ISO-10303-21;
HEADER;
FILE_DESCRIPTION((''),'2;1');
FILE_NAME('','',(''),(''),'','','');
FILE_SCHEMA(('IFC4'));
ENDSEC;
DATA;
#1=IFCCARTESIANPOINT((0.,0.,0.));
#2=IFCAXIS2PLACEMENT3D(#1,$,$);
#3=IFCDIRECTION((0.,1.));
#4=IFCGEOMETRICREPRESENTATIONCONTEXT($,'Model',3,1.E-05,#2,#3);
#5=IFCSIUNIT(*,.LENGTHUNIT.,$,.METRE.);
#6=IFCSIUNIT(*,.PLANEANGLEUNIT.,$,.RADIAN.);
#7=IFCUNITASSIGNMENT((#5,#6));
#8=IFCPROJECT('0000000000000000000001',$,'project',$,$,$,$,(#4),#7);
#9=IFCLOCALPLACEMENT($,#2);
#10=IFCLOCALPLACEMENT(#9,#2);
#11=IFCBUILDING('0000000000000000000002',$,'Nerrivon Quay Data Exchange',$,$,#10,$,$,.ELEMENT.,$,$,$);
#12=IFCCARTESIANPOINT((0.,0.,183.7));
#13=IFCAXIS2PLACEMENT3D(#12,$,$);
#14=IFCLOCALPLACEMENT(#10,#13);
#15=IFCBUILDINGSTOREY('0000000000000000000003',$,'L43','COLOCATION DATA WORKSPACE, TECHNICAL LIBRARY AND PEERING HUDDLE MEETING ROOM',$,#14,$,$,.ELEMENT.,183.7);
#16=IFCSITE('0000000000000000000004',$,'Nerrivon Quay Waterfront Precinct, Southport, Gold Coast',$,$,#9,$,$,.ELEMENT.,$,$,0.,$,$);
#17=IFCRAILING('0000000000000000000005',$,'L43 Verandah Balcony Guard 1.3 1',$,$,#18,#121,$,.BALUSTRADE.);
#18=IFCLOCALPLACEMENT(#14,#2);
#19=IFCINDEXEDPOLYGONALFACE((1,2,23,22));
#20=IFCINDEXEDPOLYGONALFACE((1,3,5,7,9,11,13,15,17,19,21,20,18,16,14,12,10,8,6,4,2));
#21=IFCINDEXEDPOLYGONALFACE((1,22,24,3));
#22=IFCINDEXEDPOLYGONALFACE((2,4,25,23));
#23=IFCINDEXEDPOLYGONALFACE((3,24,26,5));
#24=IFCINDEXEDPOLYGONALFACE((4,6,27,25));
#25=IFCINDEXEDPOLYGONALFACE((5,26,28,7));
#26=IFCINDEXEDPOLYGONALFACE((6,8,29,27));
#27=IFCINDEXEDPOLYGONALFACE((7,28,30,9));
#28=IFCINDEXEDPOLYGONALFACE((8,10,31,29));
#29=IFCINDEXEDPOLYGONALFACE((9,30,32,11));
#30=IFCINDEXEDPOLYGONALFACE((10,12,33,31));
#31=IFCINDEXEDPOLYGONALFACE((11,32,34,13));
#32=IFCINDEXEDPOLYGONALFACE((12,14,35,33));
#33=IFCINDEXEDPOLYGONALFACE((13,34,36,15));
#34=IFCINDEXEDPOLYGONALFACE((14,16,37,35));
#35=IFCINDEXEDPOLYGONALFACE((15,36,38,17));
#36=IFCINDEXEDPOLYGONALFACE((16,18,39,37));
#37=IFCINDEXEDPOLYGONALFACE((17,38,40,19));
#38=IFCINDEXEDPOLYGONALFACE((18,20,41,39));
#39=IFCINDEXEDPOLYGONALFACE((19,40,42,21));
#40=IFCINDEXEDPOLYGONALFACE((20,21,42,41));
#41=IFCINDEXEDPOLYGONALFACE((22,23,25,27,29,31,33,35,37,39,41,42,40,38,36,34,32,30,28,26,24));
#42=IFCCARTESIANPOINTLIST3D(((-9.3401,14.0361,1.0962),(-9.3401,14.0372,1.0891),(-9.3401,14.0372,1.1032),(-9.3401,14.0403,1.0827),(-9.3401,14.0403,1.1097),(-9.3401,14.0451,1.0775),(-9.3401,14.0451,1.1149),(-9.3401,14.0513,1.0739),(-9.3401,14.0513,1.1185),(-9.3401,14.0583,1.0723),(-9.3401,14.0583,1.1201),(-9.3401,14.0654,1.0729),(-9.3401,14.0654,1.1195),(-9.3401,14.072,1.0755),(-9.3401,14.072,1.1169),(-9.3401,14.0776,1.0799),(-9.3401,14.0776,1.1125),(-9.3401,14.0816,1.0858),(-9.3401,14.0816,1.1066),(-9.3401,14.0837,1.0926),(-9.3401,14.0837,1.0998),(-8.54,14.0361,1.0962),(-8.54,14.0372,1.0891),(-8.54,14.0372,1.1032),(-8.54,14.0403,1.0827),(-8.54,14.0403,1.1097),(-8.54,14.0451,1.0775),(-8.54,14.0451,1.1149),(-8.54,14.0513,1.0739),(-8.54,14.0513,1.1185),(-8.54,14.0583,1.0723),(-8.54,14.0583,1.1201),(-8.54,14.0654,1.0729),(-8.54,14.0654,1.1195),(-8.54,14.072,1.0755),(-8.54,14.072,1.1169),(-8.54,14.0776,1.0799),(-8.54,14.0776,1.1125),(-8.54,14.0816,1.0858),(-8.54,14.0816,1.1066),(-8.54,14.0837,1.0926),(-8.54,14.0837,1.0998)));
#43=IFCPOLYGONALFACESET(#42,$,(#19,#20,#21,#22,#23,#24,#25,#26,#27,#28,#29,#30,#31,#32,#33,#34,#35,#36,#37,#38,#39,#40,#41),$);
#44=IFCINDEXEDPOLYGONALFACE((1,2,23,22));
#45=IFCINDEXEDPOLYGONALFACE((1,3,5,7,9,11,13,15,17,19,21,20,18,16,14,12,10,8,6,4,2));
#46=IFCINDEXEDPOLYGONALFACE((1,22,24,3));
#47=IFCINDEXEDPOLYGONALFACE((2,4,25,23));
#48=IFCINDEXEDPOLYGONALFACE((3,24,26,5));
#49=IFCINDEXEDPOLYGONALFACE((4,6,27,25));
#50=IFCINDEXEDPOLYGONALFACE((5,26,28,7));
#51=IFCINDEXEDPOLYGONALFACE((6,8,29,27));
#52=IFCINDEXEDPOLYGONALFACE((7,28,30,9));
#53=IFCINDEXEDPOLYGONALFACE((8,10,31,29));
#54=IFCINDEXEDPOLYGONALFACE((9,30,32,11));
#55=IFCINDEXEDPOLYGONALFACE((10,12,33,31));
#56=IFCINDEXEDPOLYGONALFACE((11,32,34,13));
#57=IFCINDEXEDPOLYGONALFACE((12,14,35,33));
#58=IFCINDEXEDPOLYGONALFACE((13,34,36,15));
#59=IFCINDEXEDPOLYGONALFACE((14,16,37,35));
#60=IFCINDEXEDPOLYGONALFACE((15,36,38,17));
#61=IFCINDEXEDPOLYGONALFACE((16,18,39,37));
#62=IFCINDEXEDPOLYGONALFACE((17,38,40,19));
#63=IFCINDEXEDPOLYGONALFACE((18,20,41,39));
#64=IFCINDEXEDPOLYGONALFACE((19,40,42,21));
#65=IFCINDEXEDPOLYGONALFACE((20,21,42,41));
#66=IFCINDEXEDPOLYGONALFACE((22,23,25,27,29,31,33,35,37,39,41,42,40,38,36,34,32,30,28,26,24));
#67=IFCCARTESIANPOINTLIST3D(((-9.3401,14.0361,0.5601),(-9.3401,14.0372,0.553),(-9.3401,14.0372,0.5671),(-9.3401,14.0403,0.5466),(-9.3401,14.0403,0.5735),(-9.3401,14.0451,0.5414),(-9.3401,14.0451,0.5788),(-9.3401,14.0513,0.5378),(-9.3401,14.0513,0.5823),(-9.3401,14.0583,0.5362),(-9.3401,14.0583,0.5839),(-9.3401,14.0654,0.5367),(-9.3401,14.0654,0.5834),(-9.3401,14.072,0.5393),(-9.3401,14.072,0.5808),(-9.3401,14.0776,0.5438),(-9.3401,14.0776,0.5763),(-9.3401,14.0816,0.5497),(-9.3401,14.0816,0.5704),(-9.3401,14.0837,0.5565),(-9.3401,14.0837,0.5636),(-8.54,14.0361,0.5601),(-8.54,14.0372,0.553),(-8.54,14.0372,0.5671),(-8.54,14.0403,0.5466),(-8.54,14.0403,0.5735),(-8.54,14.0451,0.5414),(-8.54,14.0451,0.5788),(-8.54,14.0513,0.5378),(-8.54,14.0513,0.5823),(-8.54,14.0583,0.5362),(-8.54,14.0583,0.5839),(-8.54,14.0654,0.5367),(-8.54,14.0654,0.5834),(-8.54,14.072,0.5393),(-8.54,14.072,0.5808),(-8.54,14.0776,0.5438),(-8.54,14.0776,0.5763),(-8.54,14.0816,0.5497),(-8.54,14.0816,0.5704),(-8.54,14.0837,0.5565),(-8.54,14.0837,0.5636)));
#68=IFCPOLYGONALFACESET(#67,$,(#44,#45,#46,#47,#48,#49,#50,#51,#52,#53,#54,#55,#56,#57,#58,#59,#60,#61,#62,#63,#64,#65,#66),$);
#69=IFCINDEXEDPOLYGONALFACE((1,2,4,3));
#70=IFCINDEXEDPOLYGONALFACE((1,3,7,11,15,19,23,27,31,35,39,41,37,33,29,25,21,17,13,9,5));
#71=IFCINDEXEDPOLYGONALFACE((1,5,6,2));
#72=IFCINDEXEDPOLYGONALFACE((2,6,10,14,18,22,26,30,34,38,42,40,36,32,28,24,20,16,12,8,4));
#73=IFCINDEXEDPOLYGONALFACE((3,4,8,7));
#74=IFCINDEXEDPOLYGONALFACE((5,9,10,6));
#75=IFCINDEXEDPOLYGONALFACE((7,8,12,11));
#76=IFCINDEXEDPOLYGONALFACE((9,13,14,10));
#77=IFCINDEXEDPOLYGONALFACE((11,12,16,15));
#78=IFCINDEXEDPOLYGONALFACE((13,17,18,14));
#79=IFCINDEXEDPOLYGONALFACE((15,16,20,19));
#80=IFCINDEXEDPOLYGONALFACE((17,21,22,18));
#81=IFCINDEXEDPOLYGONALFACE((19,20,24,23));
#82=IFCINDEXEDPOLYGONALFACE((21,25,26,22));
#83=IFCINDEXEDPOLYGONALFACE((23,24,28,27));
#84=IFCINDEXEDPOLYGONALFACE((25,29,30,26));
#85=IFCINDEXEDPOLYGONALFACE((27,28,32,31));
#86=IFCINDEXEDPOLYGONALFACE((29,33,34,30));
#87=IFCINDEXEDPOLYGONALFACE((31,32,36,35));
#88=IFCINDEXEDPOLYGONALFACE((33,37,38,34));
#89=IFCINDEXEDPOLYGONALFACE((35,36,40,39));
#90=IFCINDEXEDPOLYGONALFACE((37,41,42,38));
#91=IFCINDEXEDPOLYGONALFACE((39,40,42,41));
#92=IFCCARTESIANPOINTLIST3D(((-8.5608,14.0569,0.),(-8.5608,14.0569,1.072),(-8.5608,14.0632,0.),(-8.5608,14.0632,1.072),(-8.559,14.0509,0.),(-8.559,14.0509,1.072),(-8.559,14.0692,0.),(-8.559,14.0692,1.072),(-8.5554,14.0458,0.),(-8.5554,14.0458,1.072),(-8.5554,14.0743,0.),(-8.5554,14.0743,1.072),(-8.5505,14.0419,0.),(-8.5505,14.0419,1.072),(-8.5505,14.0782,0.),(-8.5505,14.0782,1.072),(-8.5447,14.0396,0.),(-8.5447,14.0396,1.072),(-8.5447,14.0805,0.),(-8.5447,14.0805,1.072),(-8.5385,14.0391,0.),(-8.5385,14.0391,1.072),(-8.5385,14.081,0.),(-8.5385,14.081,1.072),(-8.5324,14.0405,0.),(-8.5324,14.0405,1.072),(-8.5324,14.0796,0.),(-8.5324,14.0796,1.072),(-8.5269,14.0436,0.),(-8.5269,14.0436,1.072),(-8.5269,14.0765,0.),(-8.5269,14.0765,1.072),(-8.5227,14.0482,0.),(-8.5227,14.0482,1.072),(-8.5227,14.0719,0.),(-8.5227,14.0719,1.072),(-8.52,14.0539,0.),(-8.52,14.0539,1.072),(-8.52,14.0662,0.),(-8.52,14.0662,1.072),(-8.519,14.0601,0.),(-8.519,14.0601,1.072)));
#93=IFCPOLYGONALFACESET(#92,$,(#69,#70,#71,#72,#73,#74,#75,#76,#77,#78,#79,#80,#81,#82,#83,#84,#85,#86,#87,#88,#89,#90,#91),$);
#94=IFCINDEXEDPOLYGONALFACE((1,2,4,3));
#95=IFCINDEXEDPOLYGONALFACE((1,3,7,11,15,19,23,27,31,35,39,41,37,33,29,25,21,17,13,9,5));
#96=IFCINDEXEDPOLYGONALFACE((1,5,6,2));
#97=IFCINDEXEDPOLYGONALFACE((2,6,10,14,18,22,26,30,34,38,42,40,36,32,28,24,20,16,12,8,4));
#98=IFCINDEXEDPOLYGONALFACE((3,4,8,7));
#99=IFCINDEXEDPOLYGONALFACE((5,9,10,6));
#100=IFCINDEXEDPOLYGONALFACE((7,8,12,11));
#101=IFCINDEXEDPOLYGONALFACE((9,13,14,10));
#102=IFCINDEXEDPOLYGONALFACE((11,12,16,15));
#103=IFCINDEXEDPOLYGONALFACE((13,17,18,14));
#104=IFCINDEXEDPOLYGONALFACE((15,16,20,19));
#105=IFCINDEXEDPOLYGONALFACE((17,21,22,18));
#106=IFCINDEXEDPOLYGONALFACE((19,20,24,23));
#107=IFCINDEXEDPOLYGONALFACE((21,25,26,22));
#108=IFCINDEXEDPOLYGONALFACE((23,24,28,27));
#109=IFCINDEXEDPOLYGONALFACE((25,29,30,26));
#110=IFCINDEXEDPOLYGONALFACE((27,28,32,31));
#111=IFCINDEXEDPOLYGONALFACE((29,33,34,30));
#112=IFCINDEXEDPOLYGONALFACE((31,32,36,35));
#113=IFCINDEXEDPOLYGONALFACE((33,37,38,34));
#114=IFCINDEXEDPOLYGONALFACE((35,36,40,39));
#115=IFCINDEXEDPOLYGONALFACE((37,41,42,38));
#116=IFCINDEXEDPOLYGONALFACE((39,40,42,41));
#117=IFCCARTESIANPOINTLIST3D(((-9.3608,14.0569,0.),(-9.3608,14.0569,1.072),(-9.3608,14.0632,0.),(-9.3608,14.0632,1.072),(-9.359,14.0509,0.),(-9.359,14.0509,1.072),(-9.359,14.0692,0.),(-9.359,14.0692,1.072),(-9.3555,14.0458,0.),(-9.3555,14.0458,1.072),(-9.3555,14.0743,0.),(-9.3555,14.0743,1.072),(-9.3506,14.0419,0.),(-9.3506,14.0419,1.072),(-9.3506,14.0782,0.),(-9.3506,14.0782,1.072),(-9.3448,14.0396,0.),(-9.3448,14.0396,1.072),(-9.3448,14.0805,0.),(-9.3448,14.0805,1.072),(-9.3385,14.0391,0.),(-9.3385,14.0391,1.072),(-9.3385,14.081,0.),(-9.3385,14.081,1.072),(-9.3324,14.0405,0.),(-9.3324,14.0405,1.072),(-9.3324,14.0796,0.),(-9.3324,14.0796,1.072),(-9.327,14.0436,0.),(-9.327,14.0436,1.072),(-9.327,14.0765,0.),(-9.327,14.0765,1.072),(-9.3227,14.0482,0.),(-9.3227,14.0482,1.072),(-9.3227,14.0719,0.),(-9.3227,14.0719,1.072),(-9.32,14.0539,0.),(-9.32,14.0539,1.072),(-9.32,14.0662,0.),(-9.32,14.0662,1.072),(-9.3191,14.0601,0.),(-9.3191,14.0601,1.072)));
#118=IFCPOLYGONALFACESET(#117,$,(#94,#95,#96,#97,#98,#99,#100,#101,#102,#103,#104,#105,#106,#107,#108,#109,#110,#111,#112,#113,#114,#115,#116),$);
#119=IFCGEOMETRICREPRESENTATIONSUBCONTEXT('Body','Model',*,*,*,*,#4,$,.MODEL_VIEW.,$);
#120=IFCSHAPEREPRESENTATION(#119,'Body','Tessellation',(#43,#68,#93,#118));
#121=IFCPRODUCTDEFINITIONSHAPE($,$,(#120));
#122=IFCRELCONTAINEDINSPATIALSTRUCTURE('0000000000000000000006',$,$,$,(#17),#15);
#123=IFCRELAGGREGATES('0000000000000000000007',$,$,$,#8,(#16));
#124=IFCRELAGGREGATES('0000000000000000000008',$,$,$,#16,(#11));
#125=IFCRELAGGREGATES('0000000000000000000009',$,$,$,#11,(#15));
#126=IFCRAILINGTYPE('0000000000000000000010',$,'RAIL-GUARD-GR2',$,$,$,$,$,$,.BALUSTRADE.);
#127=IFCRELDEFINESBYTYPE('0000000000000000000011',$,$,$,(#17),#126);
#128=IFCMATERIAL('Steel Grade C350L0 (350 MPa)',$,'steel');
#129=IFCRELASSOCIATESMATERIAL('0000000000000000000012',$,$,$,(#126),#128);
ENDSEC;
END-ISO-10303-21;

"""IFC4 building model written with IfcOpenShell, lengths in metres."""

from ifc_helpers import new_model, si_unit, direction, frame, origin, origin_2d, place, context, subcontext, project, spatial, circle, extrude, material, type_object, element, save


model = new_model("IFC4")

# Units and contexts
model_context = context("Model", 3, precision=1e-05, world=origin(), true_north=direction((0.0, 1.0)))
body_context = subcontext(model_context, "Body", "Model", "MODEL_VIEW")
ifc_project = project(units=[si_unit("LENGTHUNIT", "METRE"), si_unit("PLANEANGLEUNIT", "RADIAN")], contexts=[model_context])

# Site, building, storey
site_placement = place(None, origin())
site = spatial("IfcSite", under=ifc_project, at=site_placement, Name="Nerrivon Quay Waterfront Precinct, Southport, Gold Coast", CompositionType="ELEMENT", RefElevation=0.0)
building_placement = place(site_placement, origin())
building = spatial("IfcBuilding", under=site, at=building_placement, Name="Nerrivon Quay Data Exchange", CompositionType="ELEMENT")
storey_placement = place(building_placement, frame((0.0, 0.0, 183.7)))
storey = spatial("IfcBuildingStorey", under=building, at=storey_placement, Name="L43", Description="COLOCATION DATA WORKSPACE, TECHNICAL LIBRARY AND PEERING HUDDLE MEETING ROOM", CompositionType="ELEMENT", Elevation=183.7)

# Railing
ifc_material_1 = material(Name="Steel Grade C350L0 (350 MPa)", Category="steel")
railing_type = type_object("IfcRailingType", Name="RAIL-GUARD-GR2", PredefinedType="BALUSTRADE", material=ifc_material_1)
railing_1_placement = place(storey_placement, frame((-8.54, 14.0601, 0.0)))
element("IfcRailing", 1, at=railing_1_placement, inside=storey, type_object=railing_type, Name="L43 Verandah Balcony Guard 1.3 1", PredefinedType="BALUSTRADE", context=body_context, shape_type="SweptSolid", body=[
    extrude(circle(Radius=0.0239, at=origin_2d()), frame((0.0, 0.0, 1.0962), z_axis=(-1.0, 0.0, 0.0), x_axis=(0.0, -1.0, 0.0)), (0.0, 0.0, 1.0), 0.8),
    extrude(circle(Radius=0.0239, at=origin_2d()), frame((0.0, 0.0, 0.5601), z_axis=(-1.0, 0.0, 0.0), x_axis=(0.0, -1.0, 0.0)), (0.0, 0.0, 1.0), 0.8),
    extrude(circle(Radius=0.021, at=origin_2d()), origin(), (0.0, 0.0, 1.0), 1.072),
    extrude(circle(Radius=0.021, at=origin_2d()), frame((-0.8, 0.0, 0.0)), (0.0, 0.0, 1.0), 1.072),
])

save(model, "model.ifc")
